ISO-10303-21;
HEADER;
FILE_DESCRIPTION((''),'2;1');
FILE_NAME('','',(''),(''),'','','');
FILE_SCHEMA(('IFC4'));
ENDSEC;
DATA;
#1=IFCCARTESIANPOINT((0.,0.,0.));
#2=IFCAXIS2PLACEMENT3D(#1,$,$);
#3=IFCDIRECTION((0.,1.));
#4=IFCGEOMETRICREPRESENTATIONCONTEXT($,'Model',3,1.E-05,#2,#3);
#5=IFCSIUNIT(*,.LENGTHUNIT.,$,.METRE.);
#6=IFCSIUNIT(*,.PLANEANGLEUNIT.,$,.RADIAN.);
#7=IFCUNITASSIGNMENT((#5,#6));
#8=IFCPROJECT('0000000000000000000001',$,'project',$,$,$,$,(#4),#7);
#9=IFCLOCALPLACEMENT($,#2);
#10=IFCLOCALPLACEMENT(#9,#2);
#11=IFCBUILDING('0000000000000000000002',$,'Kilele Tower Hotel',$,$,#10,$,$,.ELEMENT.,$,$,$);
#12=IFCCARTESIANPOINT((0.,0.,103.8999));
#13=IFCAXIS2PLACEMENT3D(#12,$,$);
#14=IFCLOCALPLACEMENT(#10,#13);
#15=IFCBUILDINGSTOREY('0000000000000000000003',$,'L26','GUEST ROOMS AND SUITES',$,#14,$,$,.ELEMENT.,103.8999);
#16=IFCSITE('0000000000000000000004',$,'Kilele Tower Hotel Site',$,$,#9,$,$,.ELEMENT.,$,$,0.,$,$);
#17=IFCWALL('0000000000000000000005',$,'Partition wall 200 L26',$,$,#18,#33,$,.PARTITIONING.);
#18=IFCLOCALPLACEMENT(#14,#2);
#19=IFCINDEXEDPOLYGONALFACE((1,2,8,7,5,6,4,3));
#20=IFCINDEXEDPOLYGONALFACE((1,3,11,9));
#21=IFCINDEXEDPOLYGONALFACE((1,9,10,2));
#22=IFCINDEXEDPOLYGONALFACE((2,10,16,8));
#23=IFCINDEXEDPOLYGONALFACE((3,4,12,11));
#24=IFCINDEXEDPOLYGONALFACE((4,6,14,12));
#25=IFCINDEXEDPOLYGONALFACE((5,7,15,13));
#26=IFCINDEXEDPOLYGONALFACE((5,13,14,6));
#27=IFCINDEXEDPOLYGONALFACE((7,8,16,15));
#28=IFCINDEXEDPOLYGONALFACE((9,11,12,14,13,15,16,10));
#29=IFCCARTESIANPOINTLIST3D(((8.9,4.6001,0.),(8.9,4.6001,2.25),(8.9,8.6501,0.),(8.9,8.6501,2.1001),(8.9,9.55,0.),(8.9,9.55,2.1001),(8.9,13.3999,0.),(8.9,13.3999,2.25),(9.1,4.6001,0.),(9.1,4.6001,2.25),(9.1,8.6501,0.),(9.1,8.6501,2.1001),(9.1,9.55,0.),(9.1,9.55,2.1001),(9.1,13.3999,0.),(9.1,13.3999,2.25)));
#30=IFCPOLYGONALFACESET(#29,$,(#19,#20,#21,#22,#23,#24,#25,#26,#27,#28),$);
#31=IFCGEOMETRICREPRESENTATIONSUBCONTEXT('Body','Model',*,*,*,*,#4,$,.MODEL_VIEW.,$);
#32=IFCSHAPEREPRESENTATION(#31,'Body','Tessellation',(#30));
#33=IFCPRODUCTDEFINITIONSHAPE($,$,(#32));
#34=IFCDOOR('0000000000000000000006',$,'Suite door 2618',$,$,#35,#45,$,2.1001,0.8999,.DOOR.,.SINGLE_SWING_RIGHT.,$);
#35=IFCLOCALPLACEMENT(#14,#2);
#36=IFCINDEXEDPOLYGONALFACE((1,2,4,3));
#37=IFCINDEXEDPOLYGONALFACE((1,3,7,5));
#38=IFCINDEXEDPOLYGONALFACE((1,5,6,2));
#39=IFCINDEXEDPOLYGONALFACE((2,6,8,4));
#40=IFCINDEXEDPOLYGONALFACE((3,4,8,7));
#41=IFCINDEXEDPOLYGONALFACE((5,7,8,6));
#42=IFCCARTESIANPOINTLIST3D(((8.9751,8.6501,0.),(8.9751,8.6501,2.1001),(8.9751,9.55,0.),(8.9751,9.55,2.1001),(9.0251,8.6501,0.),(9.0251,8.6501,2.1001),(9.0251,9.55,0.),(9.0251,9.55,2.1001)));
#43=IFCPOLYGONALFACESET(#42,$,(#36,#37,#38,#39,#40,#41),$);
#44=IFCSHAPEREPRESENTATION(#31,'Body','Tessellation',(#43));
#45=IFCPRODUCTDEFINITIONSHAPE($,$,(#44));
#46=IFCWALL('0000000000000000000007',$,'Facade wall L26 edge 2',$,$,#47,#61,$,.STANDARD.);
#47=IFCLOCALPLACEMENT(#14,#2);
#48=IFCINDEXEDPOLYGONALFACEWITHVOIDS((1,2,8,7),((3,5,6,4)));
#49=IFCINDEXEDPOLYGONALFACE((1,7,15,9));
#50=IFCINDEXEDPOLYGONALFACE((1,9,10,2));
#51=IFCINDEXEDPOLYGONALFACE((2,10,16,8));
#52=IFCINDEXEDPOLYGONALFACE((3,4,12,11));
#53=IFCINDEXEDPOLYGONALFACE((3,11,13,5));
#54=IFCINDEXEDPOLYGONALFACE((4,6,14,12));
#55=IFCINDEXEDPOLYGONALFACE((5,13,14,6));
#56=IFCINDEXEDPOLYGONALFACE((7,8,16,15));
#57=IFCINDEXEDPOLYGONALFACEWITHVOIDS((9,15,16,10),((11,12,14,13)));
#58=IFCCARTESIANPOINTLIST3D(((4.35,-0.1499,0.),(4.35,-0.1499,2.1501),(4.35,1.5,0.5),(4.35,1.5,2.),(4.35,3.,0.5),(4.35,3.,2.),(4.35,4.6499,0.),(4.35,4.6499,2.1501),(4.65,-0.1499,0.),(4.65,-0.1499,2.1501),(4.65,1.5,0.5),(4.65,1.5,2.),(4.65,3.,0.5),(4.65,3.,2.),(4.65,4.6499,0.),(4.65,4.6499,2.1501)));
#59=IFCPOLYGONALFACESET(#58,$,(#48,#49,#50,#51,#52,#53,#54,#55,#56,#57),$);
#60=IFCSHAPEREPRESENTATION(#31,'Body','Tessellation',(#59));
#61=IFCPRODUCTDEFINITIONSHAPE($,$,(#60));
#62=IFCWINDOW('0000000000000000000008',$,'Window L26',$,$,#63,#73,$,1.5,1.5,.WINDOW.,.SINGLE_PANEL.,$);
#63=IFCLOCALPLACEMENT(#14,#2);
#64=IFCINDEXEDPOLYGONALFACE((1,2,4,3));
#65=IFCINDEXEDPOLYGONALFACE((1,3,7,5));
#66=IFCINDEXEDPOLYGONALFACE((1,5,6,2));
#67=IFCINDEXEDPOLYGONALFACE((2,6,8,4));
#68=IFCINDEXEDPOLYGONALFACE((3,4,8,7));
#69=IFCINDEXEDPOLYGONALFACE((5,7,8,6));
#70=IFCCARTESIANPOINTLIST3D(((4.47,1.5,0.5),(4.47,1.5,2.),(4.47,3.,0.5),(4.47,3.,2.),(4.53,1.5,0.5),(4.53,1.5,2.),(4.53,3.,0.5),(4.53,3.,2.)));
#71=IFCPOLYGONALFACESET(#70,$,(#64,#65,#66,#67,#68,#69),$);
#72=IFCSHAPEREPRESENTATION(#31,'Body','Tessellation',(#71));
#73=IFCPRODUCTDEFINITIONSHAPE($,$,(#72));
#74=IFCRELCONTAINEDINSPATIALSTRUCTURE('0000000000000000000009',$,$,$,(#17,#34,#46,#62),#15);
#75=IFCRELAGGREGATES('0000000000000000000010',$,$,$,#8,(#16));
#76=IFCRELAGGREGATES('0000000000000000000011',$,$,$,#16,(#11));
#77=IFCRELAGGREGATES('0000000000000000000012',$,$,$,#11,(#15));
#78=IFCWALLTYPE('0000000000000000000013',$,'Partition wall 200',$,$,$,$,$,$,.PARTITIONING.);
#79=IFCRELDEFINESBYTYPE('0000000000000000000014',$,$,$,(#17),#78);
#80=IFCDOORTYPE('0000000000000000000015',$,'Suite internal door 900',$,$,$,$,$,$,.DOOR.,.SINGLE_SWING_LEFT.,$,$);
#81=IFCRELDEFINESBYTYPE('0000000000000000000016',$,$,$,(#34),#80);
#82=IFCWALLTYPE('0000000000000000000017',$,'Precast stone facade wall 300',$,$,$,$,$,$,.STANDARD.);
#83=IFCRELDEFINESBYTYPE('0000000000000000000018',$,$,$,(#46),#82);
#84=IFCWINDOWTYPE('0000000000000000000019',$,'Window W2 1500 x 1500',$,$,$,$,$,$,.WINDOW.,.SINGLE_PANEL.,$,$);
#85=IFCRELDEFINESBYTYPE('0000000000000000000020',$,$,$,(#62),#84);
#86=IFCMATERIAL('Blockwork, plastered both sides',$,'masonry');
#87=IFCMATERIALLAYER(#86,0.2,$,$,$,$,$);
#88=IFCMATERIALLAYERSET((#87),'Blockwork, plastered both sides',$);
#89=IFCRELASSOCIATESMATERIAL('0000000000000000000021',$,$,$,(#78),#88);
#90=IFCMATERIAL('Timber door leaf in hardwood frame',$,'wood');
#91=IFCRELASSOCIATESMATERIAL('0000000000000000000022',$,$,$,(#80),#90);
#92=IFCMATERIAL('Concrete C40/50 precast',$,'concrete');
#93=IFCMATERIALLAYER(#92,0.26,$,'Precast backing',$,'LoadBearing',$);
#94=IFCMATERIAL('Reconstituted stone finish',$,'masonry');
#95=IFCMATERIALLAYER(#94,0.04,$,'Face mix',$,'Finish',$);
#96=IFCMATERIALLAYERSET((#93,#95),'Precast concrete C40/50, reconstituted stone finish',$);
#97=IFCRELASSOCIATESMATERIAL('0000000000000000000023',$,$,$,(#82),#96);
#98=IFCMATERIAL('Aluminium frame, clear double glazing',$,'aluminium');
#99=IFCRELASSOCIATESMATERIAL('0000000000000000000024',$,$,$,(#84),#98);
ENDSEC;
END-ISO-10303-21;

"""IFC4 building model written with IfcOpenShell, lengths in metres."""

from ifc_helpers import new_model, si_unit, direction, frame, frame_2d, origin, place, context, subcontext, project, spatial, rectangle, extrude, material, layer, layer_set, type_object, element, fill, save


model = new_model("IFC4")

# Units and contexts
model_context = context("Model", 3, precision=1e-05, world=origin(), true_north=direction((0.0, 1.0)))
body_context = subcontext(model_context, "Body", "Model", "MODEL_VIEW")
ifc_project = project(units=[si_unit("LENGTHUNIT", "METRE"), si_unit("PLANEANGLEUNIT", "RADIAN")], contexts=[model_context])

# Site, building, storey
site_placement = place(None, origin())
site = spatial("IfcSite", under=ifc_project, at=site_placement, Name="Kilele Tower Hotel Site", CompositionType="ELEMENT", RefElevation=0.0)
building_placement = place(site_placement, origin())
building = spatial("IfcBuilding", under=site, at=building_placement, Name="Kilele Tower Hotel", CompositionType="ELEMENT")
storey_placement = place(building_placement, frame((0.0, 0.0, 103.8999)))
storey = spatial("IfcBuildingStorey", under=building, at=storey_placement, Name="L26", Description="GUEST ROOMS AND SUITES", CompositionType="ELEMENT", Elevation=103.8999)

# Wall, opening, door
ifc_material_1 = material(Name="Blockwork, plastered both sides", Category="masonry")
ifc_layer_1 = layer(ifc_material_1, 0.2)
ifc_layer_set_1 = layer_set([ifc_layer_1], Name="Blockwork, plastered both sides")
wall_type_1 = type_object("IfcWallType", Name="Partition wall 200", PredefinedType="PARTITIONING", material=ifc_layer_set_1)
wall_1_placement = place(storey_placement, frame((9.0, 4.6001, 0.0), z_axis=(0.0, 0.0, 1.0), x_axis=(0.0, 1.0, 0.0)))
wall_1 = element("IfcWall", 1, at=wall_1_placement, inside=storey, type_object=wall_type_1, Name="Partition wall 200 L26", PredefinedType="PARTITIONING", context=body_context, shape_type="SweptSolid", body=[
    extrude(rectangle(XDim=8.7998, YDim=0.2, at=frame_2d((4.3999, 0.0))), origin(), (0.0, 0.0, 1.0), 2.25),
])
opening_1_placement = place(wall_1_placement, frame((4.05, 0.0, 0.0)))
opening_1 = element("IfcOpeningElement", 2, at=opening_1_placement, cuts=wall_1, PredefinedType="OPENING", context=body_context, shape_type="SweptSolid", body=[
    extrude(rectangle(XDim=0.8999, YDim=2.1001, at=frame_2d((0.45, 1.05))), frame((0.0, 0.1099, 0.0), z_axis=(0.0, -1.0, 0.0), x_axis=(1.0, 0.0, 0.0)), (0.0, 0.0, 1.0), 0.22),
])
ifc_material_2 = material(Name="Timber door leaf in hardwood frame", Category="wood")
door_type_1 = type_object("IfcDoorType", Name="Suite internal door 900", OperationType="SINGLE_SWING_LEFT", PredefinedType="DOOR", material=ifc_material_2)
door_1_placement = place(opening_1_placement, origin())
door_1 = element("IfcDoor", 3, at=door_1_placement, inside=storey, type_object=door_type_1, Name="Suite door 2618", OperationType="SINGLE_SWING_RIGHT", OverallHeight=2.1001, OverallWidth=0.8999, PredefinedType="DOOR", context=body_context, shape_type="SweptSolid", body=[
    extrude(rectangle(XDim=0.8999, YDim=2.1001, at=frame_2d((0.45, 1.05))), frame((0.0, 0.0249, 0.0), z_axis=(0.0, -1.0, 0.0), x_axis=(1.0, 0.0, 0.0)), (0.0, 0.0, 1.0), 0.05),
])
fill(opening_1, door_1)

# Wall, opening, window
ifc_material_3 = material(Name="Concrete C40/50 precast", Category="concrete")
ifc_layer_2 = layer(ifc_material_3, 0.26, Name="Precast backing", Category="LoadBearing")
ifc_material_4 = material(Name="Reconstituted stone finish", Category="masonry")
ifc_layer_3 = layer(ifc_material_4, 0.04, Name="Face mix", Category="Finish")
ifc_layer_set_2 = layer_set([ifc_layer_2, ifc_layer_3], Name="Precast concrete C40/50, reconstituted stone finish")
wall_type_2 = type_object("IfcWallType", Name="Precast stone facade wall 300", PredefinedType="STANDARD", material=ifc_layer_set_2)
wall_2_placement = place(storey_placement, frame((4.5, 4.6499, 0.0), z_axis=(0.0, 0.0, 1.0), x_axis=(0.0, -1.0, 0.0)))
wall_2 = element("IfcWall", 4, at=wall_2_placement, inside=storey, type_object=wall_type_2, Name="Facade wall L26 edge 2", PredefinedType="STANDARD", context=body_context, shape_type="SweptSolid", body=[
    extrude(rectangle(XDim=4.7998, YDim=0.3, at=frame_2d((2.3999, 0.0))), origin(), (0.0, 0.0, 1.0), 2.1501),
])
opening_2_placement = place(wall_2_placement, frame((1.6499, 0.0, 0.5)))
opening_2 = element("IfcOpeningElement", 5, at=opening_2_placement, cuts=wall_2, PredefinedType="OPENING", context=body_context, shape_type="SweptSolid", body=[
    extrude(rectangle(XDim=1.5, YDim=1.5, at=frame_2d((0.75, 0.75))), frame((0.0, 0.1599, 0.0), z_axis=(0.0, -1.0, 0.0), x_axis=(1.0, 0.0, 0.0)), (0.0, 0.0, 1.0), 0.3201),
])
ifc_material_5 = material(Name="Aluminium frame, clear double glazing", Category="aluminium")
window_type = type_object("IfcWindowType", Name="Window W2 1500 x 1500", PartitioningType="SINGLE_PANEL", PredefinedType="WINDOW", material=ifc_material_5)
window_placement = place(opening_2_placement, origin())
window = element("IfcWindow", 6, at=window_placement, inside=storey, type_object=window_type, Name="Window L26", OverallHeight=1.5, OverallWidth=1.5, PartitioningType="SINGLE_PANEL", PredefinedType="WINDOW", context=body_context, shape_type="SweptSolid", body=[
    extrude(rectangle(XDim=1.5, YDim=1.5, at=frame_2d((0.75, 0.75))), frame((0.0, 0.03, 0.0), z_axis=(0.0, -1.0, 0.0), x_axis=(1.0, 0.0, 0.0)), (0.0, 0.0, 1.0), 0.0601),
])
fill(opening_2, window)

save(model, "model.ifc")
